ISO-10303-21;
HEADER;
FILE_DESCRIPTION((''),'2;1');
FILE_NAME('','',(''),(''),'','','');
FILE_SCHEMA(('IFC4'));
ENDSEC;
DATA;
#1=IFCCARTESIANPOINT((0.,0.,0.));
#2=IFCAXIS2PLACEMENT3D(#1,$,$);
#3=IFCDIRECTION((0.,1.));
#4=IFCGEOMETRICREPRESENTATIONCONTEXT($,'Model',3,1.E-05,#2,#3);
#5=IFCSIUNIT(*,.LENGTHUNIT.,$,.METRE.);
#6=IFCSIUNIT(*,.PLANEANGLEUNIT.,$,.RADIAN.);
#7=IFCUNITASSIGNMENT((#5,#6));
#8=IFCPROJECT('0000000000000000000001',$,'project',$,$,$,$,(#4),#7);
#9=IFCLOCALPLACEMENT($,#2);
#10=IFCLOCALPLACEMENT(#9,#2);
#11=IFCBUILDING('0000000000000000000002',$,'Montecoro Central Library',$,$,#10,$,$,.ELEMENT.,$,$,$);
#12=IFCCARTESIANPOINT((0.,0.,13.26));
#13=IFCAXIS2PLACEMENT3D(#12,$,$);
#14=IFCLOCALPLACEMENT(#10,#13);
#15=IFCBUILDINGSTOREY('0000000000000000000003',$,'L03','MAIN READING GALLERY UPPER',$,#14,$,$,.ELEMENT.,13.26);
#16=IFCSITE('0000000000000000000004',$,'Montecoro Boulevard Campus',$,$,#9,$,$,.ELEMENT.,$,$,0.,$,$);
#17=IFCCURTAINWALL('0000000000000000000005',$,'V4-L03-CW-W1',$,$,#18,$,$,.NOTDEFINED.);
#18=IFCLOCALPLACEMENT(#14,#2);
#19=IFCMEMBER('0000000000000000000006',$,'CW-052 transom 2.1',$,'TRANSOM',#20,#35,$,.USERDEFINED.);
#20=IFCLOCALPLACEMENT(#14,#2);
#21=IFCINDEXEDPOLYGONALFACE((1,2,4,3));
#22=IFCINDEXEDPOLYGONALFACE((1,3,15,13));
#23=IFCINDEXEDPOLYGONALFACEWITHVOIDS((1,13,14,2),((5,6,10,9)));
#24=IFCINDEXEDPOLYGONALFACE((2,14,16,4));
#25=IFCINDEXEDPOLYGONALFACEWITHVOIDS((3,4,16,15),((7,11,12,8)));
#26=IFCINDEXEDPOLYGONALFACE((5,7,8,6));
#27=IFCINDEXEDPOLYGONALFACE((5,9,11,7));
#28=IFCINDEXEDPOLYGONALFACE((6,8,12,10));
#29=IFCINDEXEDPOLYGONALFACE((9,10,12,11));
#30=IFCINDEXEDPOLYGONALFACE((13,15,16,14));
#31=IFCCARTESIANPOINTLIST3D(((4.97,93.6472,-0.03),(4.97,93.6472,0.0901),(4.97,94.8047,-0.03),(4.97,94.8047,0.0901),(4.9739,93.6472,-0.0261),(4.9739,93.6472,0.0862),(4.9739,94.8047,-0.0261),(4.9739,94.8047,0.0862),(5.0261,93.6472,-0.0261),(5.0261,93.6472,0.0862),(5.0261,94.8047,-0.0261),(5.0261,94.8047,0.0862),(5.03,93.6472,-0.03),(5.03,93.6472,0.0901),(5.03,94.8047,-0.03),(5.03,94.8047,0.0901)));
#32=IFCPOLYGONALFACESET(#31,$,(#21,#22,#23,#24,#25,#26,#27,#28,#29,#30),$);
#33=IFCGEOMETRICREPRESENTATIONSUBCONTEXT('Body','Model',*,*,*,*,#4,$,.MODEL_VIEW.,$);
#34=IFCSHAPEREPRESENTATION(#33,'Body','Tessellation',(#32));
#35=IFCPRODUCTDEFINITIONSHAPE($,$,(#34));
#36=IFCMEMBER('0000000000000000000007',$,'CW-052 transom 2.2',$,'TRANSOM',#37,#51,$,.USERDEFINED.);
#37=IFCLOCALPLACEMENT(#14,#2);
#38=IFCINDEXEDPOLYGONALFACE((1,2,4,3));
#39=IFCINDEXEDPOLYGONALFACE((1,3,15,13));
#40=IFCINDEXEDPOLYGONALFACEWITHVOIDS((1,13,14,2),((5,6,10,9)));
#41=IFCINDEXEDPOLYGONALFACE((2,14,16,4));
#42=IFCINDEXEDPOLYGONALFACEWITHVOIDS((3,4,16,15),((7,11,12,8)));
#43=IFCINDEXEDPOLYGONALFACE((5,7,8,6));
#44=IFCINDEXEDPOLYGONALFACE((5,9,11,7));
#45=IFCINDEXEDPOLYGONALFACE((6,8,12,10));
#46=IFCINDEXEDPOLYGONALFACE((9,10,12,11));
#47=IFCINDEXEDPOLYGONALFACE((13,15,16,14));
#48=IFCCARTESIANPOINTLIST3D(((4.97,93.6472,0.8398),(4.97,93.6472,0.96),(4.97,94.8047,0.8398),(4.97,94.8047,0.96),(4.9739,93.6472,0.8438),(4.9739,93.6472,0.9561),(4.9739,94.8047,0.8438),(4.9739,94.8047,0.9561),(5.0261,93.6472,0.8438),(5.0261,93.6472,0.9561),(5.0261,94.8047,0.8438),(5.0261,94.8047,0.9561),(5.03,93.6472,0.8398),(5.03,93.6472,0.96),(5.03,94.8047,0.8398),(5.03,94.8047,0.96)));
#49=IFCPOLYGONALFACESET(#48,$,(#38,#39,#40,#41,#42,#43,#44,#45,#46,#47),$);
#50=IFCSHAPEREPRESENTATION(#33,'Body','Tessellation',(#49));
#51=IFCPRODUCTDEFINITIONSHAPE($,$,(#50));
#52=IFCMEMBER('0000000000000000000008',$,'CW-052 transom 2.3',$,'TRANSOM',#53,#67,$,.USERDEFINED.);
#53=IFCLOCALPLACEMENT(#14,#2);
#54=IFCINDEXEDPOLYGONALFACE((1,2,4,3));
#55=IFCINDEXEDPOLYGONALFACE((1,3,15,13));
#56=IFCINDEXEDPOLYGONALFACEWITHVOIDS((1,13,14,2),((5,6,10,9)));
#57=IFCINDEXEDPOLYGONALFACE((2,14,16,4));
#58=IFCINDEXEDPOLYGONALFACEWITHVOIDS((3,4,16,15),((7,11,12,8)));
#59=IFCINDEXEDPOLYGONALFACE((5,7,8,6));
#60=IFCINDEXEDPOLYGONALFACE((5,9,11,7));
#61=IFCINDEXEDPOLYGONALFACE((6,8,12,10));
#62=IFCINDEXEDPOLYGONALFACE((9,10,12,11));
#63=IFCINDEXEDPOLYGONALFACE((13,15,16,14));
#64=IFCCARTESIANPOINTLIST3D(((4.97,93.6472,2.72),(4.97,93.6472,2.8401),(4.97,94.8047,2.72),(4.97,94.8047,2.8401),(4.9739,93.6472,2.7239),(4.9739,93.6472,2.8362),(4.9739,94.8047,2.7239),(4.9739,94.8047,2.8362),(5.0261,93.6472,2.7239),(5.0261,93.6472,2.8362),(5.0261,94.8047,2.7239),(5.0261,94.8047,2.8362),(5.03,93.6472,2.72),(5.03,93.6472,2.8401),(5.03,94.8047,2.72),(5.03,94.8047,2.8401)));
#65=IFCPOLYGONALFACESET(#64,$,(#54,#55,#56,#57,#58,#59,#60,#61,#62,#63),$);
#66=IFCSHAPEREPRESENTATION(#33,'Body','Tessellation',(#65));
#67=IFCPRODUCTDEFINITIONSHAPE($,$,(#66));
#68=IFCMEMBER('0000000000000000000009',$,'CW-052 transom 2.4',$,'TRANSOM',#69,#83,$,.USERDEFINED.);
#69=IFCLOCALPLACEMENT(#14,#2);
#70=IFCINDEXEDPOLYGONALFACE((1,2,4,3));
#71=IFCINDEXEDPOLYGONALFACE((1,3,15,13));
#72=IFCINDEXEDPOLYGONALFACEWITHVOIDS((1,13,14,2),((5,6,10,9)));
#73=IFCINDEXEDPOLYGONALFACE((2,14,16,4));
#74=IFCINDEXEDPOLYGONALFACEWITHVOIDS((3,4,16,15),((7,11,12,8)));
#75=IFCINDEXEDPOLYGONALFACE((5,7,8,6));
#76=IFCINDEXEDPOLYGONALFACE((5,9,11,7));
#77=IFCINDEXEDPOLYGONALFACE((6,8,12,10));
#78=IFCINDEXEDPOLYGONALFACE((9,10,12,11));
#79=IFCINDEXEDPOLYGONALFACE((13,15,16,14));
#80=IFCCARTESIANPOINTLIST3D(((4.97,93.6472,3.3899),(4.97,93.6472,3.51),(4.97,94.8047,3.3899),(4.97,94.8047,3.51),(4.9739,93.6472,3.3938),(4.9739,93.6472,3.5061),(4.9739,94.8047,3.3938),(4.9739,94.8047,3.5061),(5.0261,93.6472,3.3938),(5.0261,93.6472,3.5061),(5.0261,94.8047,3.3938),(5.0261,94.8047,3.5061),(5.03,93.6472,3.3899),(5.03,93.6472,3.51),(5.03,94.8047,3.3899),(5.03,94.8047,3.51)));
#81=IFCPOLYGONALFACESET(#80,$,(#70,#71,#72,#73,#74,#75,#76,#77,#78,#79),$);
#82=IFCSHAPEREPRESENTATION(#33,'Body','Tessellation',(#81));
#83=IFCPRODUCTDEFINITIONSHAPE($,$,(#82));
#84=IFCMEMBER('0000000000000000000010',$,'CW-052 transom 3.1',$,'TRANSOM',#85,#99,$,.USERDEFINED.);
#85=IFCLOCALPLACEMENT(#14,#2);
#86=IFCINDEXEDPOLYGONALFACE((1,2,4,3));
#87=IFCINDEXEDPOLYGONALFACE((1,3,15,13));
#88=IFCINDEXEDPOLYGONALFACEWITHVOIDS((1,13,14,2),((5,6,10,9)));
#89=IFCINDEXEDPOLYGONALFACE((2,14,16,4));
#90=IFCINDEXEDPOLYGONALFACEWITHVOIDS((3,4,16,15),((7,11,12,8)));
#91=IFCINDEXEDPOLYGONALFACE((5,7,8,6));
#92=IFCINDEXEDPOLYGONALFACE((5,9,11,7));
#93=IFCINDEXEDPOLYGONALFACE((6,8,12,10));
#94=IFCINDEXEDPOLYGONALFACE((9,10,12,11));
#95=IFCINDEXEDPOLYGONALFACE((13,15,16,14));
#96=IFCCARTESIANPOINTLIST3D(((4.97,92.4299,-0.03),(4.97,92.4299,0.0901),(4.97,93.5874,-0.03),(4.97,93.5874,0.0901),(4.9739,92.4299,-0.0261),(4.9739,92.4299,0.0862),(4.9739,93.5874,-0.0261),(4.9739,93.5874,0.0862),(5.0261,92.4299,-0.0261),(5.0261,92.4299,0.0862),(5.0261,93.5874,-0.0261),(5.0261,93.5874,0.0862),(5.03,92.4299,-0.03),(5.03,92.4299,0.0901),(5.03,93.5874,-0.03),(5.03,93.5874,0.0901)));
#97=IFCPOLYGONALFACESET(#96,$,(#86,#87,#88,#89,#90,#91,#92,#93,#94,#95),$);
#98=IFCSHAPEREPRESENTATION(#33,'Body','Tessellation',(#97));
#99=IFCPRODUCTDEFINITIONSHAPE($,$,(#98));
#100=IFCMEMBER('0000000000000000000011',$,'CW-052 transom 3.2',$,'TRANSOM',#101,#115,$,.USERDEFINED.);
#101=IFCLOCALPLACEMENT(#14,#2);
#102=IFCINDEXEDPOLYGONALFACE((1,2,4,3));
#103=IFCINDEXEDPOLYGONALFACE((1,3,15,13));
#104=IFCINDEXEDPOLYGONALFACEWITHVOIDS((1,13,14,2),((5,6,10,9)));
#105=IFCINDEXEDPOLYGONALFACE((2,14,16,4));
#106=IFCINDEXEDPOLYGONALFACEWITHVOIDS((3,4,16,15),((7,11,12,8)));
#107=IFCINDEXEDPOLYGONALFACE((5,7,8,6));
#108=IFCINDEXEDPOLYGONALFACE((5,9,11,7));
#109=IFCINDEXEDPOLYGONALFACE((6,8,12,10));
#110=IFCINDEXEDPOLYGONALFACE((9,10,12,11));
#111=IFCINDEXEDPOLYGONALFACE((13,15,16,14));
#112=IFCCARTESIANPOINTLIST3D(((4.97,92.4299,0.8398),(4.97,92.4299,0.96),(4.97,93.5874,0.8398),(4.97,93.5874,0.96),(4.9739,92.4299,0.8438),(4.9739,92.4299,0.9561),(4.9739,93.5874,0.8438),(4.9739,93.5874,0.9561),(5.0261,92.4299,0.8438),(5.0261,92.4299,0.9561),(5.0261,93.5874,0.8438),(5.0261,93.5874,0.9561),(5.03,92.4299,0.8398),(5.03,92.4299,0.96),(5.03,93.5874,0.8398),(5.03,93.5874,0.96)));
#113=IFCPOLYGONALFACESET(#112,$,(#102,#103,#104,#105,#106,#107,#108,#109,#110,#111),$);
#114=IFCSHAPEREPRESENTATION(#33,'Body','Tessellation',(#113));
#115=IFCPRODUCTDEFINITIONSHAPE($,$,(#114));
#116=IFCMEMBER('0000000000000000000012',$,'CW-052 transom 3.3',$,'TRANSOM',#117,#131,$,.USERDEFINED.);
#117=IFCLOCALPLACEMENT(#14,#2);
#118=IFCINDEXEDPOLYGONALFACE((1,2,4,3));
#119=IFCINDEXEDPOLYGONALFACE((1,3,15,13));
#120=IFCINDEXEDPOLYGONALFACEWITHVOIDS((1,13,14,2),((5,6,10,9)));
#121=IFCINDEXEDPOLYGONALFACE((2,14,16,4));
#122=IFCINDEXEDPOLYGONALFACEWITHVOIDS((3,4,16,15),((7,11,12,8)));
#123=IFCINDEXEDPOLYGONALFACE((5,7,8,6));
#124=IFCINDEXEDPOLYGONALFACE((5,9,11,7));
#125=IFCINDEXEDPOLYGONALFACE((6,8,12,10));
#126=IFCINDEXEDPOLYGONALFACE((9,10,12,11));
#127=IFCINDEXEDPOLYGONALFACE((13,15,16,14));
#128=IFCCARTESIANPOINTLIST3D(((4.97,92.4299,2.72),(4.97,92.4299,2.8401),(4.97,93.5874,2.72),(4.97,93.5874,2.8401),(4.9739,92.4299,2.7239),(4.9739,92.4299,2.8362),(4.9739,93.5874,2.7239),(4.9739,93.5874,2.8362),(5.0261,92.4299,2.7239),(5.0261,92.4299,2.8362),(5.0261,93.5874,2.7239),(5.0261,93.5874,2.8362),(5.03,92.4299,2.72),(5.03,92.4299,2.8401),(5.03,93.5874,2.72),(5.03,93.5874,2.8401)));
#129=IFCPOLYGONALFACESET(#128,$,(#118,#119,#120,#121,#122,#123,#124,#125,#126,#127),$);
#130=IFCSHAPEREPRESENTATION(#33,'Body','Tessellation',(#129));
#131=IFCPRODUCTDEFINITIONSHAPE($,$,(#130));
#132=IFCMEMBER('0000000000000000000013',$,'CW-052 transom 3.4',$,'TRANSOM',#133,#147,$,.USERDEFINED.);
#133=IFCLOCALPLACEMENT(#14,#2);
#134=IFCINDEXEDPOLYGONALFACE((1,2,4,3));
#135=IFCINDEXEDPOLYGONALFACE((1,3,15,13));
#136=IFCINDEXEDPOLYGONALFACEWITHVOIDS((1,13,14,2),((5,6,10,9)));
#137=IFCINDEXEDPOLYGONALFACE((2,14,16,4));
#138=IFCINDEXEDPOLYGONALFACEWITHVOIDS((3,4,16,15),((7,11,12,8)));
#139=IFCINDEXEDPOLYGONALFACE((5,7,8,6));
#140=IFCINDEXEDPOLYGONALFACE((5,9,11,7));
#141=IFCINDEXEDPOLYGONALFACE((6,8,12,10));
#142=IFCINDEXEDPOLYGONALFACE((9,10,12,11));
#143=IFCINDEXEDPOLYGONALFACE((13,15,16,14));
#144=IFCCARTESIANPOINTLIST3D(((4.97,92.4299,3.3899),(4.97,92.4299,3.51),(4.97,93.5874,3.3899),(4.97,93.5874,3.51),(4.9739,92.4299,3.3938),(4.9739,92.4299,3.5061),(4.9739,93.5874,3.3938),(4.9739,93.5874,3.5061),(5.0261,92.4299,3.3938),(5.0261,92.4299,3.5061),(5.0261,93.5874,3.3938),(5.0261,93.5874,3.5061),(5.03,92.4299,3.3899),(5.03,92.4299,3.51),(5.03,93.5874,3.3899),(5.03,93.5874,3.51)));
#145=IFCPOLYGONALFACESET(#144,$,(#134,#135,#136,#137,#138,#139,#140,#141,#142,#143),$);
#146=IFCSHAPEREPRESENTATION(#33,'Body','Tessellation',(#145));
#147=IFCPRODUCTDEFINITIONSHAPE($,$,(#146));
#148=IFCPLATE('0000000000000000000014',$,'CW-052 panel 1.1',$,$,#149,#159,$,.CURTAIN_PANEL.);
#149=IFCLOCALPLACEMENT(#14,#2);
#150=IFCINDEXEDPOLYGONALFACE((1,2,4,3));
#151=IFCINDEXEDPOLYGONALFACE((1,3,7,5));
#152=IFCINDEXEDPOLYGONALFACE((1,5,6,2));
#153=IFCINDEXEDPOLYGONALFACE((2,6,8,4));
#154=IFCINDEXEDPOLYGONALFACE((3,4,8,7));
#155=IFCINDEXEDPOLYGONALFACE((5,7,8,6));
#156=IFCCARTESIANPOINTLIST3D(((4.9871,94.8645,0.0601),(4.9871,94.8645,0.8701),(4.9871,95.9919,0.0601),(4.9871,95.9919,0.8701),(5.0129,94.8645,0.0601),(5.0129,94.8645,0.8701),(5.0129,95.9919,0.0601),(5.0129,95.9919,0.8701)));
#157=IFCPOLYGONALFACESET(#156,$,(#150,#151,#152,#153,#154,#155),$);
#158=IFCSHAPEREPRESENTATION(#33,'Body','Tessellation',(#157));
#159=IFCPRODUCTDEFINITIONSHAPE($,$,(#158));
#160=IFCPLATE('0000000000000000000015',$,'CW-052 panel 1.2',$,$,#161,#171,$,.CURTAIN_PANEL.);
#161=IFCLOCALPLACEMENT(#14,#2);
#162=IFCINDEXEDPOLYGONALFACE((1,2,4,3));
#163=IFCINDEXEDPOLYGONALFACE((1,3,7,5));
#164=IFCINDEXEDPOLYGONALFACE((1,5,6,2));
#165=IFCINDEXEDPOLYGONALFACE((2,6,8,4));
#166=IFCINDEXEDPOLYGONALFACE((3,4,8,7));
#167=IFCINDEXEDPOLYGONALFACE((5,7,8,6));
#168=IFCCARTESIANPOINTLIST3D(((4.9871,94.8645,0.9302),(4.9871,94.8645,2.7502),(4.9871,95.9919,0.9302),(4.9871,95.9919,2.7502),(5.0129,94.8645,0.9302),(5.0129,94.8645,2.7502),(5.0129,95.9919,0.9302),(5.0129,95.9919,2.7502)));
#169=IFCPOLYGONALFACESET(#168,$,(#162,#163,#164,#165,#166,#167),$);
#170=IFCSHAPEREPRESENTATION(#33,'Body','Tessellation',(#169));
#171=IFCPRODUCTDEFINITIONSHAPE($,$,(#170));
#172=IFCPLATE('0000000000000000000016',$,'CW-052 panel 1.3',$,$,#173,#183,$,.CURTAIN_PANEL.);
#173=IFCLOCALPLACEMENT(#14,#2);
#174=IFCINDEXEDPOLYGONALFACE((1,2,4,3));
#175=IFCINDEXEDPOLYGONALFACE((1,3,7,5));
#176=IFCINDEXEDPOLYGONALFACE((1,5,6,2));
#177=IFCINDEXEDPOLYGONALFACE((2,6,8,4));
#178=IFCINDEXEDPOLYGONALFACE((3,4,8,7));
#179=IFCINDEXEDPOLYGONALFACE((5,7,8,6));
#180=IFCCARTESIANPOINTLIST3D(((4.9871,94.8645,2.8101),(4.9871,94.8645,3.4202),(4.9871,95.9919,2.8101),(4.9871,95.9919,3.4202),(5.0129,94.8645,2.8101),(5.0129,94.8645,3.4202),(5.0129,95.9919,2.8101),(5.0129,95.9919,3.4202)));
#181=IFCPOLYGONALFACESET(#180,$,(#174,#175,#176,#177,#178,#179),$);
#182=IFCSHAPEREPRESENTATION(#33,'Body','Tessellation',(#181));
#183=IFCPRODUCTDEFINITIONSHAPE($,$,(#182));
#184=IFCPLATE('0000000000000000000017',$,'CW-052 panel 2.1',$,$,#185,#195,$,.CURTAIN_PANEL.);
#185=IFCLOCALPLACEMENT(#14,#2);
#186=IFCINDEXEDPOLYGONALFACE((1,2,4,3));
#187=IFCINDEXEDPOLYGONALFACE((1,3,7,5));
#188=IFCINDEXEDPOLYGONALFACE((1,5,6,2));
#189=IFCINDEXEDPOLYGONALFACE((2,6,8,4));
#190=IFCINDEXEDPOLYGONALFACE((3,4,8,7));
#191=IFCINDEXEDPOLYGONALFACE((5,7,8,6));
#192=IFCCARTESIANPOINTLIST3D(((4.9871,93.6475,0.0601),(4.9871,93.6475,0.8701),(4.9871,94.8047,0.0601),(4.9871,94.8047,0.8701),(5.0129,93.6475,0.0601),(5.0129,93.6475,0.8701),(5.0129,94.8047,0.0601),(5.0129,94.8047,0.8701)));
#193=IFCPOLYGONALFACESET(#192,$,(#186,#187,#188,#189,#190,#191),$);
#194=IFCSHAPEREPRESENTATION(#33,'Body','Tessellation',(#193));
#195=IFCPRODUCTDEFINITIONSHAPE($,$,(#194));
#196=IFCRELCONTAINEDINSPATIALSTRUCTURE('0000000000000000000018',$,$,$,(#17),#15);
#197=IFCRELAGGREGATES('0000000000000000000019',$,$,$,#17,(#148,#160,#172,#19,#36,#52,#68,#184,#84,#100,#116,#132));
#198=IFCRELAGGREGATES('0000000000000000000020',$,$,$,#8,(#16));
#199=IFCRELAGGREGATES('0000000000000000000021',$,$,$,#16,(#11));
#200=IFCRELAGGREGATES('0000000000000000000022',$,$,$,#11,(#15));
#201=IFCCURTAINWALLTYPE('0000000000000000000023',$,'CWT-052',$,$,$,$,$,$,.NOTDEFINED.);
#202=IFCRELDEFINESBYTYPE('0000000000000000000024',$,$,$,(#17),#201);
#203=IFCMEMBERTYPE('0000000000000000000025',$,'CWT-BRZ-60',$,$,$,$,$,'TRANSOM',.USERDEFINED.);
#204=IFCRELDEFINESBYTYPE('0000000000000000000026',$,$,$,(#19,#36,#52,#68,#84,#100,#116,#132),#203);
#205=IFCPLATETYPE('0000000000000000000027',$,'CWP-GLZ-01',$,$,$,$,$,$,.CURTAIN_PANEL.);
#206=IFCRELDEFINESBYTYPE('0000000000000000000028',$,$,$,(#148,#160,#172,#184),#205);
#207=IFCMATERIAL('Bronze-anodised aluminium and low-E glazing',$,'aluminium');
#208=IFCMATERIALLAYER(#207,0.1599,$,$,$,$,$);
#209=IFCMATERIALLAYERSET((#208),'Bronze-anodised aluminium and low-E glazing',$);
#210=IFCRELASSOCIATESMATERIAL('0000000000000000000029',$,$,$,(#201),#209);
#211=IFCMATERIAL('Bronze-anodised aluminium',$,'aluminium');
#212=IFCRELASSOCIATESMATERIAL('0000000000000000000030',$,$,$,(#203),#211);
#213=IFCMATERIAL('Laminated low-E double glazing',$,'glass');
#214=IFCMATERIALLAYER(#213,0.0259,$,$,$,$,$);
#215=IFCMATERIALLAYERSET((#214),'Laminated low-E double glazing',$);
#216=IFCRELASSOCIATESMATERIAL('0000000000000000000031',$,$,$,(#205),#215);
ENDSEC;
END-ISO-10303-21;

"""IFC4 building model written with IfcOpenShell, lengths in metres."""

from ifc_helpers import new_model, si_unit, direction, frame, origin, origin_2d, place, context, subcontext, project, spatial, rectangle, hollow_rectangle, extrude, material, layer, layer_set, material_profile, profile_set, type_object, element, aggregate, save


model = new_model("IFC4")

# Units and contexts
model_context = context("Model", 3, precision=1e-05, world=origin(), true_north=direction((0.0, 1.0)))
body_context = subcontext(model_context, "Body", "Model", "MODEL_VIEW")
ifc_project = project(units=[si_unit("LENGTHUNIT", "METRE"), si_unit("PLANEANGLEUNIT", "RADIAN")], contexts=[model_context])

# Site, building, storey
site_placement = place(None, origin())
site = spatial("IfcSite", under=ifc_project, at=site_placement, Name="Montecoro Boulevard Campus", CompositionType="ELEMENT", RefElevation=0.0)
building_placement = place(site_placement, origin())
building = spatial("IfcBuilding", under=site, at=building_placement, Name="Montecoro Central Library", CompositionType="ELEMENT")
storey_placement = place(building_placement, frame((0.0, 0.0, 13.26)))
storey = spatial("IfcBuildingStorey", under=building, at=storey_placement, Name="L03", Description="MAIN READING GALLERY UPPER", CompositionType="ELEMENT", Elevation=13.26)

# Shared definitions
ifc_material_1 = material(Name="Bronze-anodised aluminium and low-E glazing", Category="aluminium")
ifc_layer_1 = layer(ifc_material_1, 0.1599)
ifc_layer_set_1 = layer_set([ifc_layer_1], Name="Bronze-anodised aluminium and low-E glazing")
curtain_wall_type = type_object("IfcCurtainWallType", Name="CWT-052", PredefinedType="NOTDEFINED", material=ifc_layer_set_1)
ifc_material_2 = material(Name="Bronze-anodised aluminium", Category="aluminium")

# Curtain wall, members, plates
curtain_wall_1_placement = place(storey_placement, origin())
curtain_wall_1 = element("IfcCurtainWall", 1, at=curtain_wall_1_placement, inside=storey, type_object=curtain_wall_type, Name="V4-L03-CW-W1", PredefinedType="NOTDEFINED")
ifc_material_profile_1 = material_profile(ifc_material_2, hollow_rectangle(XDim=0.0601, YDim=0.1201, WallThickness=0.0039, at=origin_2d()), Name="CWT 120x60x4.0")
ifc_profile_set_1 = profile_set([ifc_material_profile_1], Name="Bronze-anodised aluminium")
member_type_1 = type_object("IfcMemberType", Name="CWT-BRZ-60", ElementType="TRANSOM", PredefinedType="USERDEFINED", material=ifc_profile_set_1)
member_1_placement = place(storey_placement, frame((5.0, 94.8047, 0.03), z_axis=(0.0, -1.0, 0.0), x_axis=(1.0, 0.0, 0.0)))
member_1 = element("IfcMember", 2, at=member_1_placement, type_object=member_type_1, Name="CW-052 transom 2.1", ObjectType="TRANSOM", PredefinedType="USERDEFINED", context=body_context, shape_type="SweptSolid", body=[
    extrude(hollow_rectangle(XDim=0.0601, YDim=0.1201, WallThickness=0.0039, at=origin_2d()), origin(), (0.0, 0.0, 1.0), 1.1575),
])
member_2_placement = place(storey_placement, frame((5.0, 94.8047, 0.8999), z_axis=(0.0, -1.0, 0.0), x_axis=(1.0, 0.0, 0.0)))
member_2 = element("IfcMember", 3, at=member_2_placement, type_object=member_type_1, Name="CW-052 transom 2.2", ObjectType="TRANSOM", PredefinedType="USERDEFINED", context=body_context, shape_type="SweptSolid", body=[
    extrude(hollow_rectangle(XDim=0.0601, YDim=0.1201, WallThickness=0.0039, at=origin_2d()), origin(), (0.0, 0.0, 1.0), 1.1575),
])
member_3_placement = place(storey_placement, frame((5.0, 94.8047, 2.78), z_axis=(0.0, -1.0, 0.0), x_axis=(1.0, 0.0, 0.0)))
member_3 = element("IfcMember", 4, at=member_3_placement, type_object=member_type_1, Name="CW-052 transom 2.3", ObjectType="TRANSOM", PredefinedType="USERDEFINED", context=body_context, shape_type="SweptSolid", body=[
    extrude(hollow_rectangle(XDim=0.0601, YDim=0.1201, WallThickness=0.0039, at=origin_2d()), origin(), (0.0, 0.0, 1.0), 1.1575),
])
member_4_placement = place(storey_placement, frame((5.0, 94.8047, 3.45), z_axis=(0.0, -1.0, 0.0), x_axis=(1.0, 0.0, 0.0)))
member_4 = element("IfcMember", 5, at=member_4_placement, type_object=member_type_1, Name="CW-052 transom 2.4", ObjectType="TRANSOM", PredefinedType="USERDEFINED", context=body_context, shape_type="SweptSolid", body=[
    extrude(hollow_rectangle(XDim=0.0601, YDim=0.1201, WallThickness=0.0039, at=origin_2d()), origin(), (0.0, 0.0, 1.0), 1.1575),
])
member_5_placement = place(storey_placement, frame((5.0, 93.5874, 0.03), z_axis=(0.0, -1.0, 0.0), x_axis=(1.0, 0.0, 0.0)))
member_5 = element("IfcMember", 6, at=member_5_placement, type_object=member_type_1, Name="CW-052 transom 3.1", ObjectType="TRANSOM", PredefinedType="USERDEFINED", context=body_context, shape_type="SweptSolid", body=[
    extrude(hollow_rectangle(XDim=0.0601, YDim=0.1201, WallThickness=0.0039, at=origin_2d()), origin(), (0.0, 0.0, 1.0), 1.1575),
])
member_6_placement = place(storey_placement, frame((5.0, 93.5874, 0.8999), z_axis=(0.0, -1.0, 0.0), x_axis=(1.0, 0.0, 0.0)))
member_6 = element("IfcMember", 7, at=member_6_placement, type_object=member_type_1, Name="CW-052 transom 3.2", ObjectType="TRANSOM", PredefinedType="USERDEFINED", context=body_context, shape_type="SweptSolid", body=[
    extrude(hollow_rectangle(XDim=0.0601, YDim=0.1201, WallThickness=0.0039, at=origin_2d()), origin(), (0.0, 0.0, 1.0), 1.1575),
])
member_7_placement = place(storey_placement, frame((5.0, 93.5874, 2.78), z_axis=(0.0, -1.0, 0.0), x_axis=(1.0, 0.0, 0.0)))
member_7 = element("IfcMember", 8, at=member_7_placement, type_object=member_type_1, Name="CW-052 transom 3.3", ObjectType="TRANSOM", PredefinedType="USERDEFINED", context=body_context, shape_type="SweptSolid", body=[
    extrude(hollow_rectangle(XDim=0.0601, YDim=0.1201, WallThickness=0.0039, at=origin_2d()), origin(), (0.0, 0.0, 1.0), 1.1575),
])
member_8_placement = place(storey_placement, frame((5.0, 93.5874, 3.45), z_axis=(0.0, -1.0, 0.0), x_axis=(1.0, 0.0, 0.0)))
member_8 = element("IfcMember", 9, at=member_8_placement, type_object=member_type_1, Name="CW-052 transom 3.4", ObjectType="TRANSOM", PredefinedType="USERDEFINED", context=body_context, shape_type="SweptSolid", body=[
    extrude(hollow_rectangle(XDim=0.0601, YDim=0.1201, WallThickness=0.0039, at=origin_2d()), origin(), (0.0, 0.0, 1.0), 1.1575),
])
ifc_material_3 = material(Name="Laminated low-E double glazing", Category="glass")
ifc_layer_2 = layer(ifc_material_3, 0.0259)
ifc_layer_set_2 = layer_set([ifc_layer_2], Name="Laminated low-E double glazing")
plate_type_1 = type_object("IfcPlateType", Name="CWP-GLZ-01", PredefinedType="CURTAIN_PANEL", material=ifc_layer_set_2)
plate_1_placement = place(storey_placement, frame((5.0, 95.4282, 0.0601), z_axis=(0.0, 0.0, 1.0), x_axis=(0.0, -1.0, 0.0)))
plate_1 = element("IfcPlate", 10, at=plate_1_placement, type_object=plate_type_1, Name="CW-052 panel 1.1", PredefinedType="CURTAIN_PANEL", context=body_context, shape_type="SweptSolid", body=[
    extrude(rectangle(XDim=1.1274, YDim=0.0259, at=origin_2d()), origin(), (0.0, 0.0, 1.0), 0.8101),
])
plate_2_placement = place(storey_placement, frame((5.0, 95.4282, 0.9302), z_axis=(0.0, 0.0, 1.0), x_axis=(0.0, -1.0, 0.0)))
plate_2 = element("IfcPlate", 11, at=plate_2_placement, type_object=plate_type_1, Name="CW-052 panel 1.2", PredefinedType="CURTAIN_PANEL", context=body_context, shape_type="SweptSolid", body=[
    extrude(rectangle(XDim=1.1274, YDim=0.0259, at=origin_2d()), origin(), (0.0, 0.0, 1.0), 1.8201),
])
plate_3_placement = place(storey_placement, frame((5.0, 95.4282, 2.8101), z_axis=(0.0, 0.0, 1.0), x_axis=(0.0, -1.0, 0.0)))
plate_3 = element("IfcPlate", 12, at=plate_3_placement, type_object=plate_type_1, Name="CW-052 panel 1.3", PredefinedType="CURTAIN_PANEL", context=body_context, shape_type="SweptSolid", body=[
    extrude(rectangle(XDim=1.1274, YDim=0.0259, at=origin_2d()), origin(), (0.0, 0.0, 1.0), 0.6101),
])
plate_4_placement = place(storey_placement, frame((5.0, 94.2261, 0.0601), z_axis=(0.0, 0.0, 1.0), x_axis=(0.0, -1.0, 0.0)))
plate_4 = element("IfcPlate", 13, at=plate_4_placement, type_object=plate_type_1, Name="CW-052 panel 2.1", PredefinedType="CURTAIN_PANEL", context=body_context, shape_type="SweptSolid", body=[
    extrude(rectangle(XDim=1.1572, YDim=0.0259, at=origin_2d()), origin(), (0.0, 0.0, 1.0), 0.8101),
])
aggregate(curtain_wall_1, [plate_1, plate_2, plate_3, member_1, member_2, member_3, member_4, plate_4, member_5, member_6, member_7, member_8])

save(model, "model.ifc")
